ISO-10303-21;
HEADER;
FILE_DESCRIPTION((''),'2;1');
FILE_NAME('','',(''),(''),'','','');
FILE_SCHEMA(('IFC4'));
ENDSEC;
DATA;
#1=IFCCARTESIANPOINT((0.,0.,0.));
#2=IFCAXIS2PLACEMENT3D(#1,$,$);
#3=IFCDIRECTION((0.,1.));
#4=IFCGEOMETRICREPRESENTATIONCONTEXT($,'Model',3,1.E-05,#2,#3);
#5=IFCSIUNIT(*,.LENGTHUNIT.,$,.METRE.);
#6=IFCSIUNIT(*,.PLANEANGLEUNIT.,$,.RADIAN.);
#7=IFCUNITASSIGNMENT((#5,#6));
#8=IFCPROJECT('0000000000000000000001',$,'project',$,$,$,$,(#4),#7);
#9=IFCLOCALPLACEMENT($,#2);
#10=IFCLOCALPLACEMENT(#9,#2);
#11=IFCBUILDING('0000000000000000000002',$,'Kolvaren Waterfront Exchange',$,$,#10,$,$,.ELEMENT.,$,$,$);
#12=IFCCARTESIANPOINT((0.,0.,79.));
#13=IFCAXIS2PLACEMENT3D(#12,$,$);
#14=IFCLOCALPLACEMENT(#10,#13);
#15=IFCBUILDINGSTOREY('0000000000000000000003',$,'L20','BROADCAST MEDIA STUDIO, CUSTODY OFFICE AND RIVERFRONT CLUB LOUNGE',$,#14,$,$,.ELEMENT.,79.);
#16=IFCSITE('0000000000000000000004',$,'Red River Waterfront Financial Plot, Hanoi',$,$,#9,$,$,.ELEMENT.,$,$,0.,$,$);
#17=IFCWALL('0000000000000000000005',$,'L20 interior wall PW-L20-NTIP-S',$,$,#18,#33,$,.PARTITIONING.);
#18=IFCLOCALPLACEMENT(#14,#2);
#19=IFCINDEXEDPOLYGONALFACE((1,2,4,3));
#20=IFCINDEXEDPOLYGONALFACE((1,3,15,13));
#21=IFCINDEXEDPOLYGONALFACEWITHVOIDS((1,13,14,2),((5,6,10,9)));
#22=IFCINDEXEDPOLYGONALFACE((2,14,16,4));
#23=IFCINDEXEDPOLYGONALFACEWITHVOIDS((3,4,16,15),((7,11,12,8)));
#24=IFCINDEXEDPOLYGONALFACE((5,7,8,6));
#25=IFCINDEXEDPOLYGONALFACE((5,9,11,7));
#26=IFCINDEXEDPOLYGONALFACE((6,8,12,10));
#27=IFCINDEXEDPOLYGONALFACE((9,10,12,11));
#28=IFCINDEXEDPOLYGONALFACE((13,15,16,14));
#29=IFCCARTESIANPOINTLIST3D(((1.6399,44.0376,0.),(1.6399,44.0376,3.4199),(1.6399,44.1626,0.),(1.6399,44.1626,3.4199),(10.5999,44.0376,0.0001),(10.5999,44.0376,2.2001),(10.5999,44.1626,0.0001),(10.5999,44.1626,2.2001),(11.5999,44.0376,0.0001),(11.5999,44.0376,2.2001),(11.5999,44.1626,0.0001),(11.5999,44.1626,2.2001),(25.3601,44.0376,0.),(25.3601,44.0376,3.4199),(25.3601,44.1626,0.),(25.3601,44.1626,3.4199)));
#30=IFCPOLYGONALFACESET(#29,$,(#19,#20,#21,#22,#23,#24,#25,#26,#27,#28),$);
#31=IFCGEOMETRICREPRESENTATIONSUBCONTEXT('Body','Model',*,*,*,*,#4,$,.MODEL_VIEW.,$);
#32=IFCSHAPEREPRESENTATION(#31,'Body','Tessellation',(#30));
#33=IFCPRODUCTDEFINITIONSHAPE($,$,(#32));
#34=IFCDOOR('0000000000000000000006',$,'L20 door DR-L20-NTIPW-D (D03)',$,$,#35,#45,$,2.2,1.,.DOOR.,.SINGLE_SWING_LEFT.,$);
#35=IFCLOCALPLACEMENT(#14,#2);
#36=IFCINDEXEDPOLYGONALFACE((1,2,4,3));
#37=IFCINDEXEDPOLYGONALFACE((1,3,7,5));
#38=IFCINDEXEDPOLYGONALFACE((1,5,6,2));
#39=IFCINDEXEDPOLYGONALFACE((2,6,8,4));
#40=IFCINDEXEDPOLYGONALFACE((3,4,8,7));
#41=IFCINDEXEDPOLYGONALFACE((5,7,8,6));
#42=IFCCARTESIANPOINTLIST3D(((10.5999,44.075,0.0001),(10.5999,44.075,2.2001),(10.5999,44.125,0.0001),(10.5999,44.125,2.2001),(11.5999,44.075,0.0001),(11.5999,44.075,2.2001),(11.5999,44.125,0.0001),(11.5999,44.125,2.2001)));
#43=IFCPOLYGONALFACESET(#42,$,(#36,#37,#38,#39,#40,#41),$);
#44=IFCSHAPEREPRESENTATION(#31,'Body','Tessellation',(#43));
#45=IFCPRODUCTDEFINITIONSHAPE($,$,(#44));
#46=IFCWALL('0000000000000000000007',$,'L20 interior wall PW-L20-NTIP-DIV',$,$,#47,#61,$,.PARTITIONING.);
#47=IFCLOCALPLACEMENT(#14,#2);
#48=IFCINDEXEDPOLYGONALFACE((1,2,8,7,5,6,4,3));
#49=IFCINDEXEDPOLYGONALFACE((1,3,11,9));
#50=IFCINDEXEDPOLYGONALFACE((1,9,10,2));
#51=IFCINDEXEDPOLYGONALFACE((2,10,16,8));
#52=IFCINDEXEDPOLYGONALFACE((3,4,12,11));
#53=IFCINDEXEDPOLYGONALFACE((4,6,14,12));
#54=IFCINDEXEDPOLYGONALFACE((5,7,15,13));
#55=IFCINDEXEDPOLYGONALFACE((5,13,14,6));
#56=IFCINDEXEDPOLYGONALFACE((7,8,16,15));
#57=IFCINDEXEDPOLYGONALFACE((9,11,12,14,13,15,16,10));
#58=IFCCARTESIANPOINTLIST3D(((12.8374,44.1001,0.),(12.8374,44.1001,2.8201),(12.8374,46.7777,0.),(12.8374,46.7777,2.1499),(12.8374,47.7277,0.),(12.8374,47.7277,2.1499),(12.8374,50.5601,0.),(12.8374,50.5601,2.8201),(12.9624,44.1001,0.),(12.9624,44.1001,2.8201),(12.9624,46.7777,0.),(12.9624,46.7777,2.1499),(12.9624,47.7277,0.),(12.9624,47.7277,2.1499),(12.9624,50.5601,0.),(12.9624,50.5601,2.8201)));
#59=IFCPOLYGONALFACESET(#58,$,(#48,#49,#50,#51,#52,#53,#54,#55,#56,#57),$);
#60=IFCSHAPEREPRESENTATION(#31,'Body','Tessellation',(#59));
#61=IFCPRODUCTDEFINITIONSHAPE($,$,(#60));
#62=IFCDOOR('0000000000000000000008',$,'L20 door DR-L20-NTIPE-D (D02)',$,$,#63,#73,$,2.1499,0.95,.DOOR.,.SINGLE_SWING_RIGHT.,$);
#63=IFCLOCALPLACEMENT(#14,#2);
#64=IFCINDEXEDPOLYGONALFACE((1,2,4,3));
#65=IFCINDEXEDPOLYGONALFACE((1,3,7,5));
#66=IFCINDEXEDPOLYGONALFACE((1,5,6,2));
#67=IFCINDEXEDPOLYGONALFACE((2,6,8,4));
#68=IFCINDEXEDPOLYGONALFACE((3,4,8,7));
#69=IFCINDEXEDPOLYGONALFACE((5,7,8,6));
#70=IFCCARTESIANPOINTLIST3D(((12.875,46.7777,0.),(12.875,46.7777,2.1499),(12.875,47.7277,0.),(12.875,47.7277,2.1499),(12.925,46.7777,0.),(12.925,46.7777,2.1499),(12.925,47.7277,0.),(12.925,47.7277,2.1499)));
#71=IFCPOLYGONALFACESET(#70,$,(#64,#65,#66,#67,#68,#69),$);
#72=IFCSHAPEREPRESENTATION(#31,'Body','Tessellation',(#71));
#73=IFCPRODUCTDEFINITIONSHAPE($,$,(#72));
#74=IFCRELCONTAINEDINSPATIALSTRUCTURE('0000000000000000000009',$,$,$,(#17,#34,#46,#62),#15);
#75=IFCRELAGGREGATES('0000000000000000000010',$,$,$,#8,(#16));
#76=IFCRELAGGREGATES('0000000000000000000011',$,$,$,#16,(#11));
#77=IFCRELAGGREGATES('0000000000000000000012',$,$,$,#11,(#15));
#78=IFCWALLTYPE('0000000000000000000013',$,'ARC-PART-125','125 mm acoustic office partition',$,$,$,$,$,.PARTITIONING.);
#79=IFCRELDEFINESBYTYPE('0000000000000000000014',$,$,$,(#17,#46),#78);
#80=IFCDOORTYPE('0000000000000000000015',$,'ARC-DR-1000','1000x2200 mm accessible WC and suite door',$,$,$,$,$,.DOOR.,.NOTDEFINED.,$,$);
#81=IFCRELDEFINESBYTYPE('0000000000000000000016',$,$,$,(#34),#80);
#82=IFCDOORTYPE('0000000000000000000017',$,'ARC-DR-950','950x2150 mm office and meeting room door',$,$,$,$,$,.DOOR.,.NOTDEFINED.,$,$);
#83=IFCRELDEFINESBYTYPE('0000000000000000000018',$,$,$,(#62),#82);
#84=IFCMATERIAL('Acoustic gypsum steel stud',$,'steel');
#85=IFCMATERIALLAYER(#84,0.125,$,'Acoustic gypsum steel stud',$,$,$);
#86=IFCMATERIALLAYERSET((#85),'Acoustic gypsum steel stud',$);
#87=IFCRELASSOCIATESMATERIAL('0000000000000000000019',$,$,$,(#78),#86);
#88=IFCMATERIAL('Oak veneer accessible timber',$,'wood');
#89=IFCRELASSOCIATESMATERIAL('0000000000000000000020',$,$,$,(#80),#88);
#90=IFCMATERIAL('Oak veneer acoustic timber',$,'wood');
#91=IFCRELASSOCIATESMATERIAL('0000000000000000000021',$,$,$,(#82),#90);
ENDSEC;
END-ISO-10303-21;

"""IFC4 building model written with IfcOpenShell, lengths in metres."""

from ifc_helpers import new_model, si_unit, direction, frame, frame_2d, origin, place, context, subcontext, project, spatial, rectangle, extrude, material, layer, layer_set, type_object, element, fill, save


model = new_model("IFC4")

# Units and contexts
model_context = context("Model", 3, precision=1e-05, world=origin(), true_north=direction((0.0, 1.0)))
body_context = subcontext(model_context, "Body", "Model", "MODEL_VIEW")
ifc_project = project(units=[si_unit("LENGTHUNIT", "METRE"), si_unit("PLANEANGLEUNIT", "RADIAN")], contexts=[model_context])

# Site, building, storey
site_placement = place(None, origin())
site = spatial("IfcSite", under=ifc_project, at=site_placement, Name="Red River Waterfront Financial Plot, Hanoi", CompositionType="ELEMENT", RefElevation=0.0)
building_placement = place(site_placement, origin())
building = spatial("IfcBuilding", under=site, at=building_placement, Name="Kolvaren Waterfront Exchange", CompositionType="ELEMENT")
storey_placement = place(building_placement, frame((0.0, 0.0, 79.0)))
storey = spatial("IfcBuildingStorey", under=building, at=storey_placement, Name="L20", Description="BROADCAST MEDIA STUDIO, CUSTODY OFFICE AND RIVERFRONT CLUB LOUNGE", CompositionType="ELEMENT", Elevation=79.0)

# Walls, openings, doors
ifc_material_1 = material(Name="Acoustic gypsum steel stud", Category="steel")
ifc_layer_1 = layer(ifc_material_1, 0.125, Name="Acoustic gypsum steel stud")
ifc_layer_set_1 = layer_set([ifc_layer_1], Name="Acoustic gypsum steel stud")
wall_type_1 = type_object("IfcWallType", Name="ARC-PART-125", Description="125 mm acoustic office partition", PredefinedType="PARTITIONING", material=ifc_layer_set_1)
wall_1_placement = place(storey_placement, frame((1.6399, 44.1001, 0.0), z_axis=(0.0, 0.0, 1.0), x_axis=(1.0, 0.0, 0.0)))
wall_1 = element("IfcWall", 1, at=wall_1_placement, inside=storey, type_object=wall_type_1, Name="L20 interior wall PW-L20-NTIP-S", PredefinedType="PARTITIONING", context=body_context, shape_type="SweptSolid", body=[
    extrude(rectangle(XDim=23.7202, YDim=0.125, at=frame_2d((11.8601, 0.0))), origin(), (0.0, 0.0, 1.0), 3.4199),
])
opening_1_placement = place(wall_1_placement, frame((8.96, 0.0, 0.0)))
opening_1 = element("IfcOpeningElement", 2, at=opening_1_placement, cuts=wall_1, PredefinedType="OPENING", context=body_context, shape_type="SweptSolid", body=[
    extrude(rectangle(XDim=1.0, YDim=2.2, at=frame_2d((0.5, 1.1001))), frame((0.0, 0.0725, 0.0), z_axis=(0.0, -1.0, 0.0), x_axis=(1.0, 0.0, 0.0)), (0.0, 0.0, 1.0), 0.145),
])
ifc_material_2 = material(Name="Oak veneer accessible timber", Category="wood")
door_type_1 = type_object("IfcDoorType", Name="ARC-DR-1000", Description="1000x2200 mm accessible WC and suite door", OperationType="NOTDEFINED", PredefinedType="DOOR", material=ifc_material_2)
door_1_placement = place(opening_1_placement, origin())
door_1 = element("IfcDoor", 3, at=door_1_placement, inside=storey, type_object=door_type_1, Name="L20 door DR-L20-NTIPW-D (D03)", OperationType="SINGLE_SWING_LEFT", OverallHeight=2.2, OverallWidth=1.0, PredefinedType="DOOR", context=body_context, shape_type="SweptSolid", body=[
    extrude(rectangle(XDim=1.0, YDim=2.2, at=frame_2d((0.5, 1.1001))), frame((0.0, 0.0249, 0.0), z_axis=(0.0, -1.0, 0.0), x_axis=(1.0, 0.0, 0.0)), (0.0, 0.0, 1.0), 0.05),
])
fill(opening_1, door_1)
wall_2_placement = place(storey_placement, frame((12.8999, 44.1001, 0.0), z_axis=(0.0, 0.0, 1.0), x_axis=(0.0, 1.0, 0.0)))
wall_2 = element("IfcWall", 4, at=wall_2_placement, inside=storey, type_object=wall_type_1, Name="L20 interior wall PW-L20-NTIP-DIV", PredefinedType="PARTITIONING", context=body_context, shape_type="SweptSolid", body=[
    extrude(rectangle(XDim=6.46, YDim=0.125, at=frame_2d((3.23, 0.0))), origin(), (0.0, 0.0, 1.0), 2.8201),
])
opening_2_placement = place(wall_2_placement, frame((2.6775, 0.0, 0.0)))
opening_2 = element("IfcOpeningElement", 5, at=opening_2_placement, cuts=wall_2, PredefinedType="OPENING", context=body_context, shape_type="SweptSolid", body=[
    extrude(rectangle(XDim=0.95, YDim=2.1499, at=frame_2d((0.4751, 1.075))), frame((0.0, 0.0725, 0.0), z_axis=(0.0, -1.0, 0.0), x_axis=(1.0, 0.0, 0.0)), (0.0, 0.0, 1.0), 0.145),
])
ifc_material_3 = material(Name="Oak veneer acoustic timber", Category="wood")
door_type_2 = type_object("IfcDoorType", Name="ARC-DR-950", Description="950x2150 mm office and meeting room door", OperationType="NOTDEFINED", PredefinedType="DOOR", material=ifc_material_3)
door_2_placement = place(opening_2_placement, origin())
door_2 = element("IfcDoor", 6, at=door_2_placement, inside=storey, type_object=door_type_2, Name="L20 door DR-L20-NTIPE-D (D02)", OperationType="SINGLE_SWING_RIGHT", OverallHeight=2.1499, OverallWidth=0.95, PredefinedType="DOOR", context=body_context, shape_type="SweptSolid", body=[
    extrude(rectangle(XDim=0.95, YDim=2.1499, at=frame_2d((0.4751, 1.075))), frame((0.0, 0.0249, 0.0), z_axis=(0.0, -1.0, 0.0), x_axis=(1.0, 0.0, 0.0)), (0.0, 0.0, 1.0), 0.05),
])
fill(opening_2, door_2)

save(model, "model.ifc")
